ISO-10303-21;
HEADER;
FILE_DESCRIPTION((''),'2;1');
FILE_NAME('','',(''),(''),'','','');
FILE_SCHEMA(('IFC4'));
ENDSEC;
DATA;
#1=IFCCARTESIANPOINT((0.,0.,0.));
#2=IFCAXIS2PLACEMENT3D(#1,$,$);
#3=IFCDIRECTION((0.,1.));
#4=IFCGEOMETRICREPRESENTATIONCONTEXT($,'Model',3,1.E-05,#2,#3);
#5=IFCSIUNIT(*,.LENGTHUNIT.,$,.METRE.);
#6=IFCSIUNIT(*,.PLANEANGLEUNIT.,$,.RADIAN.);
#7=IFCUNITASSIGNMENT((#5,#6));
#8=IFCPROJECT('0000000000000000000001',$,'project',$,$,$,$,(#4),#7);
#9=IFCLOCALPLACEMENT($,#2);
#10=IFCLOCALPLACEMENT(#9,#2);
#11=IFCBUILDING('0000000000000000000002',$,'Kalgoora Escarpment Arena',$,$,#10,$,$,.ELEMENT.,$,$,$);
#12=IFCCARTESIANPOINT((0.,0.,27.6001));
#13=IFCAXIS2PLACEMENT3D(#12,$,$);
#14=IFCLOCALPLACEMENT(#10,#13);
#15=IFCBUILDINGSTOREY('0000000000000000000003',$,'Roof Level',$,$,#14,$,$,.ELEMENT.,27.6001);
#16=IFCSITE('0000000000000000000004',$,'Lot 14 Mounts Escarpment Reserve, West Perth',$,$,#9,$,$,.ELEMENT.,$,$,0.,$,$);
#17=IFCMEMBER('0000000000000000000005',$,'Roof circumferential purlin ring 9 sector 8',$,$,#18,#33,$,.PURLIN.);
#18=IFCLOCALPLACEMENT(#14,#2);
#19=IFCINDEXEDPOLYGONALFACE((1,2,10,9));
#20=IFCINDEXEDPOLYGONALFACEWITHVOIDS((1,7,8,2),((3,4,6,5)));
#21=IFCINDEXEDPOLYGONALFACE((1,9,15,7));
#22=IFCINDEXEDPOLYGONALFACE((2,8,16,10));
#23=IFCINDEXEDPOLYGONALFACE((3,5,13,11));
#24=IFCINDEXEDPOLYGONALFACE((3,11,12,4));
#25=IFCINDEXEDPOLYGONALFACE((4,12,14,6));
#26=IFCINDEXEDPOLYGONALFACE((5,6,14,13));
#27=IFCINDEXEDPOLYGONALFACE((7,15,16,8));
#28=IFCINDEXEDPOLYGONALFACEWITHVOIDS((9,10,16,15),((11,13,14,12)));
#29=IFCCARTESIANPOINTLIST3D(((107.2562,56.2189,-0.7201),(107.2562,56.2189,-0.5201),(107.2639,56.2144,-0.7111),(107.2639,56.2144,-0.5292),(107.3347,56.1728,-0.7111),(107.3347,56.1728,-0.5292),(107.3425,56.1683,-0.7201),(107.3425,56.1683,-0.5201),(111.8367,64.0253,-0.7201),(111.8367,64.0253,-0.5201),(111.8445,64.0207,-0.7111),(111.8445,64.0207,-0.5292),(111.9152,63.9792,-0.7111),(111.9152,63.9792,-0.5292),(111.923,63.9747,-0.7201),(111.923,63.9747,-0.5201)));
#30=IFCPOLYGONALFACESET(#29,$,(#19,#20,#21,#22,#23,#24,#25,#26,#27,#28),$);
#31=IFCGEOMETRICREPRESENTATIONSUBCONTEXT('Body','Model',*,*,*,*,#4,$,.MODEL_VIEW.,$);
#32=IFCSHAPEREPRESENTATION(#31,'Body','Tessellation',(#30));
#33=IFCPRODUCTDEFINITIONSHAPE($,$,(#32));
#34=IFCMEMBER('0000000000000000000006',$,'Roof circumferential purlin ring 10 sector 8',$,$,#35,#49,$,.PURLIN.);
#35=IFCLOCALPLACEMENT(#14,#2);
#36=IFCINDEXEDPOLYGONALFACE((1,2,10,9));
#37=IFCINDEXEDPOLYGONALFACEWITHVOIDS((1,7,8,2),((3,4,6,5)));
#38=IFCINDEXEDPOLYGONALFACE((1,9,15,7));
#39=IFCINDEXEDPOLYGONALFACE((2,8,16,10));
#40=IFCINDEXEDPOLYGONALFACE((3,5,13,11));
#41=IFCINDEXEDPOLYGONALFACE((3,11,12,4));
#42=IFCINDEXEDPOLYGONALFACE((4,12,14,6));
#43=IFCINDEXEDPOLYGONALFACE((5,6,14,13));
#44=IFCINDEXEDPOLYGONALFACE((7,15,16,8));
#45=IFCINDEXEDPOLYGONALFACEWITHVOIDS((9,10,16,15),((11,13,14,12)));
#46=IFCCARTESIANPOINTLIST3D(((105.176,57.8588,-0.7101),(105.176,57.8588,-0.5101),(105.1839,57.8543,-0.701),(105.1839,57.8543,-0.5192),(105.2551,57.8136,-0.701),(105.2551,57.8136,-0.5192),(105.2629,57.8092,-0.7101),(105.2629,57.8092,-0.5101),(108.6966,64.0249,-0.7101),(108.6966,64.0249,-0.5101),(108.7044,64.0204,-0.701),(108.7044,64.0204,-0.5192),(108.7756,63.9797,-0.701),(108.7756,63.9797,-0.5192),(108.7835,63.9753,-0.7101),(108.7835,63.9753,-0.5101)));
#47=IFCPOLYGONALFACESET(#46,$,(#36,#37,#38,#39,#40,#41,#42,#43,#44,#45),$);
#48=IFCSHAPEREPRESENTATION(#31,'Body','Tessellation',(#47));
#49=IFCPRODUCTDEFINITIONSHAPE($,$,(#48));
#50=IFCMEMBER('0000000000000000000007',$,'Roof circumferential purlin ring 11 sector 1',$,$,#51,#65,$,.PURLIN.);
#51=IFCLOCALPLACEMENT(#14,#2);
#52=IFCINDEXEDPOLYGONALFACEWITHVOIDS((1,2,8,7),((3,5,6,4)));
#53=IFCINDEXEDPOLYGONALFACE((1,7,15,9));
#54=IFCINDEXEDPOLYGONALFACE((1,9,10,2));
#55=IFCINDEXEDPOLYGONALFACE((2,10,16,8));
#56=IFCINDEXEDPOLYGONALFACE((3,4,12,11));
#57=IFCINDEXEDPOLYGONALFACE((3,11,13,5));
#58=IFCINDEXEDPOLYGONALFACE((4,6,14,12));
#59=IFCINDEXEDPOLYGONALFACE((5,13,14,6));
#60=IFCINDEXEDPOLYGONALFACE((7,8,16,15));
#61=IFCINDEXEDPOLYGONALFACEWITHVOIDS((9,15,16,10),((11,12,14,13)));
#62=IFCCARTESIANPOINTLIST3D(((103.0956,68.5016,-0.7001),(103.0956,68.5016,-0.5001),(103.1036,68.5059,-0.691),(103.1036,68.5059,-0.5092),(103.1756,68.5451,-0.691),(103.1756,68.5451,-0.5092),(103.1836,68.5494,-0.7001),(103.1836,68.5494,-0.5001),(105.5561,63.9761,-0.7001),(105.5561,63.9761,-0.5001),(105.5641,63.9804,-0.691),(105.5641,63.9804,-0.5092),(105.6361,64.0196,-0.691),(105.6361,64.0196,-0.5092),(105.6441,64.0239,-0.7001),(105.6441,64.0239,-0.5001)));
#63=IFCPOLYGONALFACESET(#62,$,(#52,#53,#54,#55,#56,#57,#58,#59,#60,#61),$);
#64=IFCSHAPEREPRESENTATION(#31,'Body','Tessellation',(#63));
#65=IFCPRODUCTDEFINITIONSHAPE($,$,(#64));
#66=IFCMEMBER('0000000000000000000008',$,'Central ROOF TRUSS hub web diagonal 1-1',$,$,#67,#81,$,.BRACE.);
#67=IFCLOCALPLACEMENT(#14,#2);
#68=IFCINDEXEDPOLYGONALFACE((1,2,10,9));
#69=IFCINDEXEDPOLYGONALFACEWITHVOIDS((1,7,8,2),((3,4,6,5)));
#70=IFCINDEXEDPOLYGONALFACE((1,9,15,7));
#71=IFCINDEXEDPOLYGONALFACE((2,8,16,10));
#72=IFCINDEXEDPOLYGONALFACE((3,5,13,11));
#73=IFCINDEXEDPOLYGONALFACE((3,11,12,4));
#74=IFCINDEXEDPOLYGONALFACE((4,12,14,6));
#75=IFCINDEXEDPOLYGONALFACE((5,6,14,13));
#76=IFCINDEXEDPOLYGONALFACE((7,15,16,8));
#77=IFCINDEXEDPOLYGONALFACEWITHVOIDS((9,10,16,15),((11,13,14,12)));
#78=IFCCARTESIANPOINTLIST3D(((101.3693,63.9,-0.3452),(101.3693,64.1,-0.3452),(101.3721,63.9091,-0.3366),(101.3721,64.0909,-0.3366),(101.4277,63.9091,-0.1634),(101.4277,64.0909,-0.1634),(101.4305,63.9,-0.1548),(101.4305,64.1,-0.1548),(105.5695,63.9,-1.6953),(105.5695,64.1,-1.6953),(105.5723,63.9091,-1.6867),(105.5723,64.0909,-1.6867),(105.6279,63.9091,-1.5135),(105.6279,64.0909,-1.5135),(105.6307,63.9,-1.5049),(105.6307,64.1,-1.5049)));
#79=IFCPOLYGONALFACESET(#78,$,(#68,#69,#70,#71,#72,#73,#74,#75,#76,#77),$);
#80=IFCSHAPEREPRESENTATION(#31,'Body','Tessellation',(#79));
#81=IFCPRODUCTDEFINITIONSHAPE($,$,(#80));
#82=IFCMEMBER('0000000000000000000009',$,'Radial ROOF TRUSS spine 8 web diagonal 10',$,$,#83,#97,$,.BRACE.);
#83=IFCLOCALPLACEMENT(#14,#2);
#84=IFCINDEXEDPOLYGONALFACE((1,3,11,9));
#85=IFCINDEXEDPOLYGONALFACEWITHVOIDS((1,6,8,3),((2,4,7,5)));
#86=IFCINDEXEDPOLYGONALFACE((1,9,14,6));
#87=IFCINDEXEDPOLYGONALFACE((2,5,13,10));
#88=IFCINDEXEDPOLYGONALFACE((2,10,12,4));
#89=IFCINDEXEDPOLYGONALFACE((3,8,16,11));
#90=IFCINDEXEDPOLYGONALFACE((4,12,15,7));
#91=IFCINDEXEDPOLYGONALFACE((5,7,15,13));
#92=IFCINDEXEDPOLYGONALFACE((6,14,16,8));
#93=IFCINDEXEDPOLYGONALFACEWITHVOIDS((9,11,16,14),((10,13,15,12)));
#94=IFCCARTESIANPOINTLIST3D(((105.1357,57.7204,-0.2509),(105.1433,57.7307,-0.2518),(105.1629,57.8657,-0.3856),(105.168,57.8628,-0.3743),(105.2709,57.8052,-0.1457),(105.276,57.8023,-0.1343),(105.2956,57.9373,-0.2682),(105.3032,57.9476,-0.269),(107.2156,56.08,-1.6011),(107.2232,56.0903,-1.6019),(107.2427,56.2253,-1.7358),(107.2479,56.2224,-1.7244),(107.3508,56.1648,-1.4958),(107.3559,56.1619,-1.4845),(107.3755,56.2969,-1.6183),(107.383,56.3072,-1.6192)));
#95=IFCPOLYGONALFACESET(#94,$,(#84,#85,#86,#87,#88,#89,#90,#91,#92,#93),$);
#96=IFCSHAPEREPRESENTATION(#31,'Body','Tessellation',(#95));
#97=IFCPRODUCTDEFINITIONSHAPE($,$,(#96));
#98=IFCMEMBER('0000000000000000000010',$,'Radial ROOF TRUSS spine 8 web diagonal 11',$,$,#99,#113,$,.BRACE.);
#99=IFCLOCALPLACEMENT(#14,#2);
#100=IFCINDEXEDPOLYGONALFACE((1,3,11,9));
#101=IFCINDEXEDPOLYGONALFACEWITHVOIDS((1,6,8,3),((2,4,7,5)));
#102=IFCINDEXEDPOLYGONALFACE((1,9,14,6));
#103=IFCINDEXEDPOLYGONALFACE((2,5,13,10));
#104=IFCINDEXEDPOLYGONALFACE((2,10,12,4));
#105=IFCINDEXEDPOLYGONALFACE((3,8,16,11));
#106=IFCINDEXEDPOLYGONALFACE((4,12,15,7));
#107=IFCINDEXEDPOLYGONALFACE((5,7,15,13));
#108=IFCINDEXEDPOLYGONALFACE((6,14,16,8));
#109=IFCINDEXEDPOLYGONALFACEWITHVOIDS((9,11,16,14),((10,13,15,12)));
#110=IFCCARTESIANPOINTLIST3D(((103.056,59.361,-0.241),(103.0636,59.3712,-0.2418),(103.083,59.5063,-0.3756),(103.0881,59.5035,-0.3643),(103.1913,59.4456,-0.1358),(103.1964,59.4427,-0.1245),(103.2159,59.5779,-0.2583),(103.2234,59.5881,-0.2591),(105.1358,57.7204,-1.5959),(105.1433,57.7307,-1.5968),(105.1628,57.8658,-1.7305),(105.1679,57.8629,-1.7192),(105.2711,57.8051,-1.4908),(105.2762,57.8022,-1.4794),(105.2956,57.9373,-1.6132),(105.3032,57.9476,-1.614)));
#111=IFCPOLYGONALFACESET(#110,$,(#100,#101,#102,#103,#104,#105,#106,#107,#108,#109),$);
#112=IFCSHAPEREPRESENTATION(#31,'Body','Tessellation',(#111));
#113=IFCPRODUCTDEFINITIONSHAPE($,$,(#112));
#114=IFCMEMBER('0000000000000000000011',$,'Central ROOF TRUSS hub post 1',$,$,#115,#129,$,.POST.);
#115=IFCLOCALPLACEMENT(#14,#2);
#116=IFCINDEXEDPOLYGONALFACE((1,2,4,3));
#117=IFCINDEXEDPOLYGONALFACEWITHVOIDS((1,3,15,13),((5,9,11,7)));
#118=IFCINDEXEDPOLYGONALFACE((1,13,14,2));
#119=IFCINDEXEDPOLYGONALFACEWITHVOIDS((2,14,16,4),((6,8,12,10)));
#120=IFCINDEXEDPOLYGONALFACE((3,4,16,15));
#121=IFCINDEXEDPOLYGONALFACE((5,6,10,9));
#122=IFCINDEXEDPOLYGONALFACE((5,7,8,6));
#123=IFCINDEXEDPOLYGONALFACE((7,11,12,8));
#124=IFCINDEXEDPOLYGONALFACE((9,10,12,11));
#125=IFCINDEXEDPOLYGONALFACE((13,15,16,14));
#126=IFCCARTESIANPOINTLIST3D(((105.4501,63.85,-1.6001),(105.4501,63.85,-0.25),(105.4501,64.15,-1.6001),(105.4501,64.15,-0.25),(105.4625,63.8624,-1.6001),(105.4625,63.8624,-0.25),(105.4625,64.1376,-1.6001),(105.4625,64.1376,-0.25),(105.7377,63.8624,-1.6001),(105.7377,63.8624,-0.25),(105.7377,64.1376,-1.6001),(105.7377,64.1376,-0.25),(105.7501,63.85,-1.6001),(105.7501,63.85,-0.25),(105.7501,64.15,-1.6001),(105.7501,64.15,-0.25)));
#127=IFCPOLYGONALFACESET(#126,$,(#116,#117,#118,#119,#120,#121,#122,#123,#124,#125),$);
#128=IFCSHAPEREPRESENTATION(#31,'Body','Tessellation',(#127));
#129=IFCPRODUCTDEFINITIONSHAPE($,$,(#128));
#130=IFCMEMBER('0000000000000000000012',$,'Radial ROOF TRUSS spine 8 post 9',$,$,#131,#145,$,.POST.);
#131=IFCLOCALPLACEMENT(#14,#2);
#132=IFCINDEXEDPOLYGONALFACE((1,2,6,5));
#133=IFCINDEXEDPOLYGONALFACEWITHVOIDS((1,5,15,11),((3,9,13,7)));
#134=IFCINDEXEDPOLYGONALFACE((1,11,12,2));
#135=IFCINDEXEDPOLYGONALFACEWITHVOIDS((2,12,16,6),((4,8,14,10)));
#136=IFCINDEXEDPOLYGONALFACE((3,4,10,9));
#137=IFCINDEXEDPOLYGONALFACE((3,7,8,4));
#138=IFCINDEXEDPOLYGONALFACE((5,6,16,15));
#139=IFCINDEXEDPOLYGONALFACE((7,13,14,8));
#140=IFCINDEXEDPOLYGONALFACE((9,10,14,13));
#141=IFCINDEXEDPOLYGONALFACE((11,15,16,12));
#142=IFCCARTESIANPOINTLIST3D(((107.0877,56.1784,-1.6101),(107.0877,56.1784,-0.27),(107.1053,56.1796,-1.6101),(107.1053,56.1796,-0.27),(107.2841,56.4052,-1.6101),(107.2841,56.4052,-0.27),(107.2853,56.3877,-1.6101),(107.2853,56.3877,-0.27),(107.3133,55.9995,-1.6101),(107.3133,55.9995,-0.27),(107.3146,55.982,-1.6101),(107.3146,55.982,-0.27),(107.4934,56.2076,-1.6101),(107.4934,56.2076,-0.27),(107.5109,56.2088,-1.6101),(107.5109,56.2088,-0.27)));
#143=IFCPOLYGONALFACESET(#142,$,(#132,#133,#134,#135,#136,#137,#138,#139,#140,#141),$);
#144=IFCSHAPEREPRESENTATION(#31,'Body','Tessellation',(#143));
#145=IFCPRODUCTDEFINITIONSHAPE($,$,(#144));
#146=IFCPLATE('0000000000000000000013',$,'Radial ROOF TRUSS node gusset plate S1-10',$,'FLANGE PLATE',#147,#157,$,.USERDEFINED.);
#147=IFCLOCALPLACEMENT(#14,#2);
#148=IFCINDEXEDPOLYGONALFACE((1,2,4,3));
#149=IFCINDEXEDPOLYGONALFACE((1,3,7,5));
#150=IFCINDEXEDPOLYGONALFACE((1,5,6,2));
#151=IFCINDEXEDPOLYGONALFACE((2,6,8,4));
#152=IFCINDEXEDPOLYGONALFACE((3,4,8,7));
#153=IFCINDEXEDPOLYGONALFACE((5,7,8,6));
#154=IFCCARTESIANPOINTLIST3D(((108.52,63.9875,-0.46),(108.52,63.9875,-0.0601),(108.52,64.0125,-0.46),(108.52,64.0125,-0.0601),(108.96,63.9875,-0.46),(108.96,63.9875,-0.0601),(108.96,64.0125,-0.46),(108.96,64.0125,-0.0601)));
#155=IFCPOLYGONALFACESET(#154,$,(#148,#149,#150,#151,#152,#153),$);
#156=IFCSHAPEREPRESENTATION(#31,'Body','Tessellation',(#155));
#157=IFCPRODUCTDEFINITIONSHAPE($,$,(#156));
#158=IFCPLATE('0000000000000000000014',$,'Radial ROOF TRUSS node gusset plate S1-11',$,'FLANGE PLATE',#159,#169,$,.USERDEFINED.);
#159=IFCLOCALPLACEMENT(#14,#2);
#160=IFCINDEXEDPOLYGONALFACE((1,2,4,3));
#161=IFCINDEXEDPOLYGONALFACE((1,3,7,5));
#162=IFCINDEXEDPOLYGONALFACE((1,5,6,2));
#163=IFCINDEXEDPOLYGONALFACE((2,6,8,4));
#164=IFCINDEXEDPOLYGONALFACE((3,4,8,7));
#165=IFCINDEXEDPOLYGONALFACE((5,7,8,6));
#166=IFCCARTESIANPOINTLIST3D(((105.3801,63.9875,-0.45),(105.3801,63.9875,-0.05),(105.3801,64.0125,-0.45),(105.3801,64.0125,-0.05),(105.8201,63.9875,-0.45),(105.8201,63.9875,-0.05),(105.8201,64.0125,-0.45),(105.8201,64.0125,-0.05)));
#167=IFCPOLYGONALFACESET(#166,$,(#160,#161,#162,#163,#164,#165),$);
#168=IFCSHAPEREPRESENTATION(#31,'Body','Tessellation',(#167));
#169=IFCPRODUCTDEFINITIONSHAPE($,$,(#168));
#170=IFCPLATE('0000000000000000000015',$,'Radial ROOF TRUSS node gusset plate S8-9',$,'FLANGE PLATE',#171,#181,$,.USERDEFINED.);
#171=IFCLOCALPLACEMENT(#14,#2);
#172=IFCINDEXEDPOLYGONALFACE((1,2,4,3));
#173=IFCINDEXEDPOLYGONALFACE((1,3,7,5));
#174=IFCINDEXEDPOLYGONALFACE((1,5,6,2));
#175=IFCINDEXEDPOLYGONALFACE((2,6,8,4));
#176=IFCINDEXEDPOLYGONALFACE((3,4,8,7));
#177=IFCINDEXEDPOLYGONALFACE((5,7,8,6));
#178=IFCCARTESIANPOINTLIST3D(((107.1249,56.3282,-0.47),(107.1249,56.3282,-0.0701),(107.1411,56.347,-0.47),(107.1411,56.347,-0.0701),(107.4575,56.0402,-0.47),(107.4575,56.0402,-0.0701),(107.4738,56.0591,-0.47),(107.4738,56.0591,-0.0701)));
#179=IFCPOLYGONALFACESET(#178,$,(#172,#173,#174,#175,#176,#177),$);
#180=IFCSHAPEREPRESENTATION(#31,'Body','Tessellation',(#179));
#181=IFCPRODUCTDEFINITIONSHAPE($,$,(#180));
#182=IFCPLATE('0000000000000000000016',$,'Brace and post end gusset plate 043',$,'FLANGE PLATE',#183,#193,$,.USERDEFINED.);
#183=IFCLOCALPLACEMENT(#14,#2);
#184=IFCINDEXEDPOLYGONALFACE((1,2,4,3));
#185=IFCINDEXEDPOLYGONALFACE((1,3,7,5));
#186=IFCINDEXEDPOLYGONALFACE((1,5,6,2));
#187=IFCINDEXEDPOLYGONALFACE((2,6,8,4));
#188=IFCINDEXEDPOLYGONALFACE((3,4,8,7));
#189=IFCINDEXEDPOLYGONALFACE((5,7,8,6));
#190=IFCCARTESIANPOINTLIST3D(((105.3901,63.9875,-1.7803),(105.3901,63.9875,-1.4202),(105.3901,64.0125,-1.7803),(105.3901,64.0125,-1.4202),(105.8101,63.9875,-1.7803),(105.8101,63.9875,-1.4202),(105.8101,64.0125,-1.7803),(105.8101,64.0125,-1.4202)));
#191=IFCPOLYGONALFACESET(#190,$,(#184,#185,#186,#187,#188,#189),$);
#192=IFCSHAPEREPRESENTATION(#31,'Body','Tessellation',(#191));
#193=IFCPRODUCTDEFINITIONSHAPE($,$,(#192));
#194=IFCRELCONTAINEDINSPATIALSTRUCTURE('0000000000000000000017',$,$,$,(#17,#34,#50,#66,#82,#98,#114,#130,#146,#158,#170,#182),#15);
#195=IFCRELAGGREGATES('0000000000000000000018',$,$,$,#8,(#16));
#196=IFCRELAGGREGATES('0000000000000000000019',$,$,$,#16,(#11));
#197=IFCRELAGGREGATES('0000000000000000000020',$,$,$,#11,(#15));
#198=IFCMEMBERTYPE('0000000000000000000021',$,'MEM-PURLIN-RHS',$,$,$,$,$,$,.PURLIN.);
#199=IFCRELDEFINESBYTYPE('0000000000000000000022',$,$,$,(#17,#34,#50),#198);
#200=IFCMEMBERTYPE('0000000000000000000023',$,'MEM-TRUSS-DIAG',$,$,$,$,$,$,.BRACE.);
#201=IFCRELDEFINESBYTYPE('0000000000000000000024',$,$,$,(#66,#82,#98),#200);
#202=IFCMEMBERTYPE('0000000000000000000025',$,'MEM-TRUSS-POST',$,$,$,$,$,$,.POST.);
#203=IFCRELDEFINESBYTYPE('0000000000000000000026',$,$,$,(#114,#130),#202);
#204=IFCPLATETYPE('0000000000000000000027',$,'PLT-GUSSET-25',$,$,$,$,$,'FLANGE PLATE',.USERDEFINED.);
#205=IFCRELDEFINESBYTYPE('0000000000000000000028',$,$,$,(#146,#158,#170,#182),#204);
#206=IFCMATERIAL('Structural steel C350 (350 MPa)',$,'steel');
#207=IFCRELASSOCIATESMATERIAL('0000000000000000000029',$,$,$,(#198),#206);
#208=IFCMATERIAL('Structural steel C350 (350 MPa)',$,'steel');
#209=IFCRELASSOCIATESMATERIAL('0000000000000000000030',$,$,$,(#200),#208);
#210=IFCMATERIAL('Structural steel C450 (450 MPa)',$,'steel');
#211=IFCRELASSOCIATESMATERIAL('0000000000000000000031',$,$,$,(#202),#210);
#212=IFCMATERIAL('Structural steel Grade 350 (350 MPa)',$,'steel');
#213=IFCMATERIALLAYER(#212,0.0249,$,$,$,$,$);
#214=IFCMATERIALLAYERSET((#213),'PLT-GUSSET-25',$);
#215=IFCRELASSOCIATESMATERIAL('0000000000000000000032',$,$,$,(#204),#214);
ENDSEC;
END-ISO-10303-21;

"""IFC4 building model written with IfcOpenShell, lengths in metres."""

from ifc_helpers import new_model, si_unit, direction, frame, origin, origin_2d, place, context, subcontext, project, spatial, rectangle, hollow_rectangle, extrude, material, layer, layer_set, material_profile, profile_set, type_object, element, save


model = new_model("IFC4")

# Units and contexts
model_context = context("Model", 3, precision=1e-05, world=origin(), true_north=direction((0.0, 1.0)))
body_context = subcontext(model_context, "Body", "Model", "MODEL_VIEW")
ifc_project = project(units=[si_unit("LENGTHUNIT", "METRE"), si_unit("PLANEANGLEUNIT", "RADIAN")], contexts=[model_context])

# Site, building, storey
site_placement = place(None, origin())
site = spatial("IfcSite", under=ifc_project, at=site_placement, Name="Lot 14 Mounts Escarpment Reserve, West Perth", CompositionType="ELEMENT", RefElevation=0.0)
building_placement = place(site_placement, origin())
building = spatial("IfcBuilding", under=site, at=building_placement, Name="Kalgoora Escarpment Arena", CompositionType="ELEMENT")
storey_placement = place(building_placement, frame((0.0, 0.0, 27.6001)))
storey = spatial("IfcBuildingStorey", under=building, at=storey_placement, Name="Roof Level", CompositionType="ELEMENT", Elevation=27.6001)

# Members
ifc_material_1 = material(Name="Structural steel C350 (350 MPa)", Category="steel")
ifc_material_profile_1 = material_profile(ifc_material_1, hollow_rectangle(XDim=0.1001, YDim=0.2, WallThickness=0.009, at=origin_2d()))
ifc_profile_set_1 = profile_set([ifc_material_profile_1], Name="Structural steel C350 (350 MPa)")
member_type_1 = type_object("IfcMemberType", Name="MEM-PURLIN-RHS", PredefinedType="PURLIN", material=ifc_profile_set_1)
member_1_placement = place(storey_placement, frame((107.2993, 56.1936, -0.6201), z_axis=(0.506082, 0.862486, 0.0), x_axis=(-0.862486, 0.506082, 0.0)))
element("IfcMember", 1, at=member_1_placement, inside=storey, type_object=member_type_1, Name="Roof circumferential purlin ring 9 sector 8", PredefinedType="PURLIN", context=body_context, shape_type="SweptSolid", body=[
    extrude(hollow_rectangle(XDim=0.1001, YDim=0.2, WallThickness=0.009, at=origin_2d()), origin(), (0.0, 0.0, 1.0), 9.051),
])
member_2_placement = place(storey_placement, frame((105.2195, 57.834, -0.6101), z_axis=(0.495828, 0.868421, 0.0), x_axis=(-0.868421, 0.495828, 0.0)))
element("IfcMember", 2, at=member_2_placement, inside=storey, type_object=member_type_1, Name="Roof circumferential purlin ring 10 sector 8", PredefinedType="PURLIN", context=body_context, shape_type="SweptSolid", body=[
    extrude(hollow_rectangle(XDim=0.1001, YDim=0.2, WallThickness=0.009, at=origin_2d()), origin(), (0.0, 0.0, 1.0), 7.1003),
])
member_3_placement = place(storey_placement, frame((105.6001, 64.0, -0.6001), z_axis=(-0.477663, 0.878543, 0.0), x_axis=(-0.878543, -0.477663, 0.0)))
element("IfcMember", 3, at=member_3_placement, inside=storey, type_object=member_type_1, Name="Roof circumferential purlin ring 11 sector 1", PredefinedType="PURLIN", context=body_context, shape_type="SweptSolid", body=[
    extrude(hollow_rectangle(XDim=0.1001, YDim=0.2, WallThickness=0.009, at=origin_2d()), origin(), (0.0, 0.0, 1.0), 5.1511),
])
ifc_material_2 = material(Name="Structural steel C350 (350 MPa)", Category="steel")
ifc_material_profile_2 = material_profile(ifc_material_2, hollow_rectangle(XDim=0.2, YDim=0.2, WallThickness=0.009, at=origin_2d()))
ifc_profile_set_2 = profile_set([ifc_material_profile_2], Name="Structural steel C350 (350 MPa)")
member_type_2 = type_object("IfcMemberType", Name="MEM-TRUSS-DIAG", PredefinedType="BRACE", material=ifc_profile_set_2)
member_4_placement = place(storey_placement, frame((105.6001, 64.0, -1.6001), z_axis=(-0.952026, 0.0, 0.306016), x_axis=(0.0, -1.0, 0.0)))
element("IfcMember", 4, at=member_4_placement, inside=storey, type_object=member_type_2, Name="Central ROOF TRUSS hub web diagonal 1-1", PredefinedType="BRACE", context=body_context, shape_type="SweptSolid", body=[
    extrude(hollow_rectangle(XDim=0.2, YDim=0.2, WallThickness=0.009, at=origin_2d()), origin(), (0.0, 0.0, 1.0), 4.4119),
])
member_5_placement = place(storey_placement, frame((107.2993, 56.1936, -1.6101), z_axis=(-0.699551, 0.551741, 0.454104), x_axis=(0.701576, 0.409608, 0.583105)))
element("IfcMember", 5, at=member_5_placement, inside=storey, type_object=member_type_2, Name="Radial ROOF TRUSS spine 8 web diagonal 10", PredefinedType="BRACE", context=body_context, shape_type="SweptSolid", body=[
    extrude(hollow_rectangle(XDim=0.2, YDim=0.2, WallThickness=0.009, at=origin_2d()), origin(), (0.0, 0.0, 1.0), 2.9731),
])
member_6_placement = place(storey_placement, frame((105.2195, 57.834, -1.605), z_axis=(-0.698997, 0.551386, 0.455386), x_axis=(0.702265, 0.409038, 0.582677)))
element("IfcMember", 6, at=member_6_placement, inside=storey, type_object=member_type_2, Name="Radial ROOF TRUSS spine 8 web diagonal 11", PredefinedType="BRACE", context=body_context, shape_type="SweptSolid", body=[
    extrude(hollow_rectangle(XDim=0.2, YDim=0.2, WallThickness=0.009, at=origin_2d()), origin(), (0.0, 0.0, 1.0), 2.9753),
])
ifc_material_3 = material(Name="Structural steel C450 (450 MPa)", Category="steel")
ifc_material_profile_3 = material_profile(ifc_material_3, hollow_rectangle(XDim=0.3, YDim=0.3, WallThickness=0.0125, at=origin_2d()))
ifc_profile_set_3 = profile_set([ifc_material_profile_3], Name="Structural steel C450 (450 MPa)")
member_type_3 = type_object("IfcMemberType", Name="MEM-TRUSS-POST", PredefinedType="POST", material=ifc_profile_set_3)
member_7_placement = place(storey_placement, frame((105.6001, 64.0, -1.6001), z_axis=(0.0, 0.0, 1.0), x_axis=(1.0, 0.0, 0.0)))
element("IfcMember", 7, at=member_7_placement, inside=storey, type_object=member_type_3, Name="Central ROOF TRUSS hub post 1", PredefinedType="POST", context=body_context, shape_type="SweptSolid", body=[
    extrude(hollow_rectangle(XDim=0.3, YDim=0.3, WallThickness=0.0125, at=origin_2d()), origin(), (0.0, 0.0, 1.0), 1.3501),
])
member_8_placement = place(storey_placement, frame((107.2993, 56.1936, -1.6101), z_axis=(0.0, 0.0, 1.0), x_axis=(-0.756082, 0.654477, 0.0)))
element("IfcMember", 8, at=member_8_placement, inside=storey, type_object=member_type_3, Name="Radial ROOF TRUSS spine 8 post 9", PredefinedType="POST", context=body_context, shape_type="SweptSolid", body=[
    extrude(hollow_rectangle(XDim=0.3, YDim=0.3, WallThickness=0.0125, at=origin_2d()), origin(), (0.0, 0.0, 1.0), 1.3401),
])

# Plates
ifc_material_4 = material(Name="Structural steel Grade 350 (350 MPa)", Category="steel")
ifc_layer_1 = layer(ifc_material_4, 0.0249)
ifc_layer_set_1 = layer_set([ifc_layer_1], Name="PLT-GUSSET-25")
plate_type = type_object("IfcPlateType", Name="PLT-GUSSET-25", ElementType="FLANGE PLATE", PredefinedType="USERDEFINED", material=ifc_layer_set_1)
for number, where, z_axis, x_axis, name in (
    (9, (108.74, 64.0, -0.46), (0.0, 0.0, 1.0), (-1.0, 0.0, 0.0), "Radial ROOF TRUSS node gusset plate S1-10"),
    (10, (105.6001, 64.0, -0.45), (0.0, 0.0, 1.0), (-1.0, 0.0, 0.0), "Radial ROOF TRUSS node gusset plate S1-11"),
    (11, (107.2993, 56.1936, -0.47), (0.0, 0.0, 1.0), (-0.756082, 0.654477, 0.0), "Radial ROOF TRUSS node gusset plate S8-9"),
):
    element("IfcPlate", number, at=place(storey_placement, frame(where, z_axis=z_axis, x_axis=x_axis)), inside=storey, type_object=plate_type, Name=name, ObjectType="FLANGE PLATE", PredefinedType="USERDEFINED", context=body_context, shape_type="SweptSolid", body=[
        extrude(rectangle(XDim=0.4399, YDim=0.0249, at=origin_2d()), origin(), (0.0, 0.0, 1.0), 0.3999),
    ])
for number, where, z_axis, x_axis, name in (
    (12, (105.6001, 64.0, -1.7803), (0.0, 0.0, 1.0), (-1.0, 0.0, 0.0), "Brace and post end gusset plate 043"),
):
    element("IfcPlate", number, at=place(storey_placement, frame(where, z_axis=z_axis, x_axis=x_axis)), inside=storey, type_object=plate_type, Name=name, ObjectType="FLANGE PLATE", PredefinedType="USERDEFINED", context=body_context, shape_type="SweptSolid", body=[
        extrude(rectangle(XDim=0.4199, YDim=0.0249, at=origin_2d()), origin(), (0.0, 0.0, 1.0), 0.3601),
    ])

save(model, "model.ifc")
